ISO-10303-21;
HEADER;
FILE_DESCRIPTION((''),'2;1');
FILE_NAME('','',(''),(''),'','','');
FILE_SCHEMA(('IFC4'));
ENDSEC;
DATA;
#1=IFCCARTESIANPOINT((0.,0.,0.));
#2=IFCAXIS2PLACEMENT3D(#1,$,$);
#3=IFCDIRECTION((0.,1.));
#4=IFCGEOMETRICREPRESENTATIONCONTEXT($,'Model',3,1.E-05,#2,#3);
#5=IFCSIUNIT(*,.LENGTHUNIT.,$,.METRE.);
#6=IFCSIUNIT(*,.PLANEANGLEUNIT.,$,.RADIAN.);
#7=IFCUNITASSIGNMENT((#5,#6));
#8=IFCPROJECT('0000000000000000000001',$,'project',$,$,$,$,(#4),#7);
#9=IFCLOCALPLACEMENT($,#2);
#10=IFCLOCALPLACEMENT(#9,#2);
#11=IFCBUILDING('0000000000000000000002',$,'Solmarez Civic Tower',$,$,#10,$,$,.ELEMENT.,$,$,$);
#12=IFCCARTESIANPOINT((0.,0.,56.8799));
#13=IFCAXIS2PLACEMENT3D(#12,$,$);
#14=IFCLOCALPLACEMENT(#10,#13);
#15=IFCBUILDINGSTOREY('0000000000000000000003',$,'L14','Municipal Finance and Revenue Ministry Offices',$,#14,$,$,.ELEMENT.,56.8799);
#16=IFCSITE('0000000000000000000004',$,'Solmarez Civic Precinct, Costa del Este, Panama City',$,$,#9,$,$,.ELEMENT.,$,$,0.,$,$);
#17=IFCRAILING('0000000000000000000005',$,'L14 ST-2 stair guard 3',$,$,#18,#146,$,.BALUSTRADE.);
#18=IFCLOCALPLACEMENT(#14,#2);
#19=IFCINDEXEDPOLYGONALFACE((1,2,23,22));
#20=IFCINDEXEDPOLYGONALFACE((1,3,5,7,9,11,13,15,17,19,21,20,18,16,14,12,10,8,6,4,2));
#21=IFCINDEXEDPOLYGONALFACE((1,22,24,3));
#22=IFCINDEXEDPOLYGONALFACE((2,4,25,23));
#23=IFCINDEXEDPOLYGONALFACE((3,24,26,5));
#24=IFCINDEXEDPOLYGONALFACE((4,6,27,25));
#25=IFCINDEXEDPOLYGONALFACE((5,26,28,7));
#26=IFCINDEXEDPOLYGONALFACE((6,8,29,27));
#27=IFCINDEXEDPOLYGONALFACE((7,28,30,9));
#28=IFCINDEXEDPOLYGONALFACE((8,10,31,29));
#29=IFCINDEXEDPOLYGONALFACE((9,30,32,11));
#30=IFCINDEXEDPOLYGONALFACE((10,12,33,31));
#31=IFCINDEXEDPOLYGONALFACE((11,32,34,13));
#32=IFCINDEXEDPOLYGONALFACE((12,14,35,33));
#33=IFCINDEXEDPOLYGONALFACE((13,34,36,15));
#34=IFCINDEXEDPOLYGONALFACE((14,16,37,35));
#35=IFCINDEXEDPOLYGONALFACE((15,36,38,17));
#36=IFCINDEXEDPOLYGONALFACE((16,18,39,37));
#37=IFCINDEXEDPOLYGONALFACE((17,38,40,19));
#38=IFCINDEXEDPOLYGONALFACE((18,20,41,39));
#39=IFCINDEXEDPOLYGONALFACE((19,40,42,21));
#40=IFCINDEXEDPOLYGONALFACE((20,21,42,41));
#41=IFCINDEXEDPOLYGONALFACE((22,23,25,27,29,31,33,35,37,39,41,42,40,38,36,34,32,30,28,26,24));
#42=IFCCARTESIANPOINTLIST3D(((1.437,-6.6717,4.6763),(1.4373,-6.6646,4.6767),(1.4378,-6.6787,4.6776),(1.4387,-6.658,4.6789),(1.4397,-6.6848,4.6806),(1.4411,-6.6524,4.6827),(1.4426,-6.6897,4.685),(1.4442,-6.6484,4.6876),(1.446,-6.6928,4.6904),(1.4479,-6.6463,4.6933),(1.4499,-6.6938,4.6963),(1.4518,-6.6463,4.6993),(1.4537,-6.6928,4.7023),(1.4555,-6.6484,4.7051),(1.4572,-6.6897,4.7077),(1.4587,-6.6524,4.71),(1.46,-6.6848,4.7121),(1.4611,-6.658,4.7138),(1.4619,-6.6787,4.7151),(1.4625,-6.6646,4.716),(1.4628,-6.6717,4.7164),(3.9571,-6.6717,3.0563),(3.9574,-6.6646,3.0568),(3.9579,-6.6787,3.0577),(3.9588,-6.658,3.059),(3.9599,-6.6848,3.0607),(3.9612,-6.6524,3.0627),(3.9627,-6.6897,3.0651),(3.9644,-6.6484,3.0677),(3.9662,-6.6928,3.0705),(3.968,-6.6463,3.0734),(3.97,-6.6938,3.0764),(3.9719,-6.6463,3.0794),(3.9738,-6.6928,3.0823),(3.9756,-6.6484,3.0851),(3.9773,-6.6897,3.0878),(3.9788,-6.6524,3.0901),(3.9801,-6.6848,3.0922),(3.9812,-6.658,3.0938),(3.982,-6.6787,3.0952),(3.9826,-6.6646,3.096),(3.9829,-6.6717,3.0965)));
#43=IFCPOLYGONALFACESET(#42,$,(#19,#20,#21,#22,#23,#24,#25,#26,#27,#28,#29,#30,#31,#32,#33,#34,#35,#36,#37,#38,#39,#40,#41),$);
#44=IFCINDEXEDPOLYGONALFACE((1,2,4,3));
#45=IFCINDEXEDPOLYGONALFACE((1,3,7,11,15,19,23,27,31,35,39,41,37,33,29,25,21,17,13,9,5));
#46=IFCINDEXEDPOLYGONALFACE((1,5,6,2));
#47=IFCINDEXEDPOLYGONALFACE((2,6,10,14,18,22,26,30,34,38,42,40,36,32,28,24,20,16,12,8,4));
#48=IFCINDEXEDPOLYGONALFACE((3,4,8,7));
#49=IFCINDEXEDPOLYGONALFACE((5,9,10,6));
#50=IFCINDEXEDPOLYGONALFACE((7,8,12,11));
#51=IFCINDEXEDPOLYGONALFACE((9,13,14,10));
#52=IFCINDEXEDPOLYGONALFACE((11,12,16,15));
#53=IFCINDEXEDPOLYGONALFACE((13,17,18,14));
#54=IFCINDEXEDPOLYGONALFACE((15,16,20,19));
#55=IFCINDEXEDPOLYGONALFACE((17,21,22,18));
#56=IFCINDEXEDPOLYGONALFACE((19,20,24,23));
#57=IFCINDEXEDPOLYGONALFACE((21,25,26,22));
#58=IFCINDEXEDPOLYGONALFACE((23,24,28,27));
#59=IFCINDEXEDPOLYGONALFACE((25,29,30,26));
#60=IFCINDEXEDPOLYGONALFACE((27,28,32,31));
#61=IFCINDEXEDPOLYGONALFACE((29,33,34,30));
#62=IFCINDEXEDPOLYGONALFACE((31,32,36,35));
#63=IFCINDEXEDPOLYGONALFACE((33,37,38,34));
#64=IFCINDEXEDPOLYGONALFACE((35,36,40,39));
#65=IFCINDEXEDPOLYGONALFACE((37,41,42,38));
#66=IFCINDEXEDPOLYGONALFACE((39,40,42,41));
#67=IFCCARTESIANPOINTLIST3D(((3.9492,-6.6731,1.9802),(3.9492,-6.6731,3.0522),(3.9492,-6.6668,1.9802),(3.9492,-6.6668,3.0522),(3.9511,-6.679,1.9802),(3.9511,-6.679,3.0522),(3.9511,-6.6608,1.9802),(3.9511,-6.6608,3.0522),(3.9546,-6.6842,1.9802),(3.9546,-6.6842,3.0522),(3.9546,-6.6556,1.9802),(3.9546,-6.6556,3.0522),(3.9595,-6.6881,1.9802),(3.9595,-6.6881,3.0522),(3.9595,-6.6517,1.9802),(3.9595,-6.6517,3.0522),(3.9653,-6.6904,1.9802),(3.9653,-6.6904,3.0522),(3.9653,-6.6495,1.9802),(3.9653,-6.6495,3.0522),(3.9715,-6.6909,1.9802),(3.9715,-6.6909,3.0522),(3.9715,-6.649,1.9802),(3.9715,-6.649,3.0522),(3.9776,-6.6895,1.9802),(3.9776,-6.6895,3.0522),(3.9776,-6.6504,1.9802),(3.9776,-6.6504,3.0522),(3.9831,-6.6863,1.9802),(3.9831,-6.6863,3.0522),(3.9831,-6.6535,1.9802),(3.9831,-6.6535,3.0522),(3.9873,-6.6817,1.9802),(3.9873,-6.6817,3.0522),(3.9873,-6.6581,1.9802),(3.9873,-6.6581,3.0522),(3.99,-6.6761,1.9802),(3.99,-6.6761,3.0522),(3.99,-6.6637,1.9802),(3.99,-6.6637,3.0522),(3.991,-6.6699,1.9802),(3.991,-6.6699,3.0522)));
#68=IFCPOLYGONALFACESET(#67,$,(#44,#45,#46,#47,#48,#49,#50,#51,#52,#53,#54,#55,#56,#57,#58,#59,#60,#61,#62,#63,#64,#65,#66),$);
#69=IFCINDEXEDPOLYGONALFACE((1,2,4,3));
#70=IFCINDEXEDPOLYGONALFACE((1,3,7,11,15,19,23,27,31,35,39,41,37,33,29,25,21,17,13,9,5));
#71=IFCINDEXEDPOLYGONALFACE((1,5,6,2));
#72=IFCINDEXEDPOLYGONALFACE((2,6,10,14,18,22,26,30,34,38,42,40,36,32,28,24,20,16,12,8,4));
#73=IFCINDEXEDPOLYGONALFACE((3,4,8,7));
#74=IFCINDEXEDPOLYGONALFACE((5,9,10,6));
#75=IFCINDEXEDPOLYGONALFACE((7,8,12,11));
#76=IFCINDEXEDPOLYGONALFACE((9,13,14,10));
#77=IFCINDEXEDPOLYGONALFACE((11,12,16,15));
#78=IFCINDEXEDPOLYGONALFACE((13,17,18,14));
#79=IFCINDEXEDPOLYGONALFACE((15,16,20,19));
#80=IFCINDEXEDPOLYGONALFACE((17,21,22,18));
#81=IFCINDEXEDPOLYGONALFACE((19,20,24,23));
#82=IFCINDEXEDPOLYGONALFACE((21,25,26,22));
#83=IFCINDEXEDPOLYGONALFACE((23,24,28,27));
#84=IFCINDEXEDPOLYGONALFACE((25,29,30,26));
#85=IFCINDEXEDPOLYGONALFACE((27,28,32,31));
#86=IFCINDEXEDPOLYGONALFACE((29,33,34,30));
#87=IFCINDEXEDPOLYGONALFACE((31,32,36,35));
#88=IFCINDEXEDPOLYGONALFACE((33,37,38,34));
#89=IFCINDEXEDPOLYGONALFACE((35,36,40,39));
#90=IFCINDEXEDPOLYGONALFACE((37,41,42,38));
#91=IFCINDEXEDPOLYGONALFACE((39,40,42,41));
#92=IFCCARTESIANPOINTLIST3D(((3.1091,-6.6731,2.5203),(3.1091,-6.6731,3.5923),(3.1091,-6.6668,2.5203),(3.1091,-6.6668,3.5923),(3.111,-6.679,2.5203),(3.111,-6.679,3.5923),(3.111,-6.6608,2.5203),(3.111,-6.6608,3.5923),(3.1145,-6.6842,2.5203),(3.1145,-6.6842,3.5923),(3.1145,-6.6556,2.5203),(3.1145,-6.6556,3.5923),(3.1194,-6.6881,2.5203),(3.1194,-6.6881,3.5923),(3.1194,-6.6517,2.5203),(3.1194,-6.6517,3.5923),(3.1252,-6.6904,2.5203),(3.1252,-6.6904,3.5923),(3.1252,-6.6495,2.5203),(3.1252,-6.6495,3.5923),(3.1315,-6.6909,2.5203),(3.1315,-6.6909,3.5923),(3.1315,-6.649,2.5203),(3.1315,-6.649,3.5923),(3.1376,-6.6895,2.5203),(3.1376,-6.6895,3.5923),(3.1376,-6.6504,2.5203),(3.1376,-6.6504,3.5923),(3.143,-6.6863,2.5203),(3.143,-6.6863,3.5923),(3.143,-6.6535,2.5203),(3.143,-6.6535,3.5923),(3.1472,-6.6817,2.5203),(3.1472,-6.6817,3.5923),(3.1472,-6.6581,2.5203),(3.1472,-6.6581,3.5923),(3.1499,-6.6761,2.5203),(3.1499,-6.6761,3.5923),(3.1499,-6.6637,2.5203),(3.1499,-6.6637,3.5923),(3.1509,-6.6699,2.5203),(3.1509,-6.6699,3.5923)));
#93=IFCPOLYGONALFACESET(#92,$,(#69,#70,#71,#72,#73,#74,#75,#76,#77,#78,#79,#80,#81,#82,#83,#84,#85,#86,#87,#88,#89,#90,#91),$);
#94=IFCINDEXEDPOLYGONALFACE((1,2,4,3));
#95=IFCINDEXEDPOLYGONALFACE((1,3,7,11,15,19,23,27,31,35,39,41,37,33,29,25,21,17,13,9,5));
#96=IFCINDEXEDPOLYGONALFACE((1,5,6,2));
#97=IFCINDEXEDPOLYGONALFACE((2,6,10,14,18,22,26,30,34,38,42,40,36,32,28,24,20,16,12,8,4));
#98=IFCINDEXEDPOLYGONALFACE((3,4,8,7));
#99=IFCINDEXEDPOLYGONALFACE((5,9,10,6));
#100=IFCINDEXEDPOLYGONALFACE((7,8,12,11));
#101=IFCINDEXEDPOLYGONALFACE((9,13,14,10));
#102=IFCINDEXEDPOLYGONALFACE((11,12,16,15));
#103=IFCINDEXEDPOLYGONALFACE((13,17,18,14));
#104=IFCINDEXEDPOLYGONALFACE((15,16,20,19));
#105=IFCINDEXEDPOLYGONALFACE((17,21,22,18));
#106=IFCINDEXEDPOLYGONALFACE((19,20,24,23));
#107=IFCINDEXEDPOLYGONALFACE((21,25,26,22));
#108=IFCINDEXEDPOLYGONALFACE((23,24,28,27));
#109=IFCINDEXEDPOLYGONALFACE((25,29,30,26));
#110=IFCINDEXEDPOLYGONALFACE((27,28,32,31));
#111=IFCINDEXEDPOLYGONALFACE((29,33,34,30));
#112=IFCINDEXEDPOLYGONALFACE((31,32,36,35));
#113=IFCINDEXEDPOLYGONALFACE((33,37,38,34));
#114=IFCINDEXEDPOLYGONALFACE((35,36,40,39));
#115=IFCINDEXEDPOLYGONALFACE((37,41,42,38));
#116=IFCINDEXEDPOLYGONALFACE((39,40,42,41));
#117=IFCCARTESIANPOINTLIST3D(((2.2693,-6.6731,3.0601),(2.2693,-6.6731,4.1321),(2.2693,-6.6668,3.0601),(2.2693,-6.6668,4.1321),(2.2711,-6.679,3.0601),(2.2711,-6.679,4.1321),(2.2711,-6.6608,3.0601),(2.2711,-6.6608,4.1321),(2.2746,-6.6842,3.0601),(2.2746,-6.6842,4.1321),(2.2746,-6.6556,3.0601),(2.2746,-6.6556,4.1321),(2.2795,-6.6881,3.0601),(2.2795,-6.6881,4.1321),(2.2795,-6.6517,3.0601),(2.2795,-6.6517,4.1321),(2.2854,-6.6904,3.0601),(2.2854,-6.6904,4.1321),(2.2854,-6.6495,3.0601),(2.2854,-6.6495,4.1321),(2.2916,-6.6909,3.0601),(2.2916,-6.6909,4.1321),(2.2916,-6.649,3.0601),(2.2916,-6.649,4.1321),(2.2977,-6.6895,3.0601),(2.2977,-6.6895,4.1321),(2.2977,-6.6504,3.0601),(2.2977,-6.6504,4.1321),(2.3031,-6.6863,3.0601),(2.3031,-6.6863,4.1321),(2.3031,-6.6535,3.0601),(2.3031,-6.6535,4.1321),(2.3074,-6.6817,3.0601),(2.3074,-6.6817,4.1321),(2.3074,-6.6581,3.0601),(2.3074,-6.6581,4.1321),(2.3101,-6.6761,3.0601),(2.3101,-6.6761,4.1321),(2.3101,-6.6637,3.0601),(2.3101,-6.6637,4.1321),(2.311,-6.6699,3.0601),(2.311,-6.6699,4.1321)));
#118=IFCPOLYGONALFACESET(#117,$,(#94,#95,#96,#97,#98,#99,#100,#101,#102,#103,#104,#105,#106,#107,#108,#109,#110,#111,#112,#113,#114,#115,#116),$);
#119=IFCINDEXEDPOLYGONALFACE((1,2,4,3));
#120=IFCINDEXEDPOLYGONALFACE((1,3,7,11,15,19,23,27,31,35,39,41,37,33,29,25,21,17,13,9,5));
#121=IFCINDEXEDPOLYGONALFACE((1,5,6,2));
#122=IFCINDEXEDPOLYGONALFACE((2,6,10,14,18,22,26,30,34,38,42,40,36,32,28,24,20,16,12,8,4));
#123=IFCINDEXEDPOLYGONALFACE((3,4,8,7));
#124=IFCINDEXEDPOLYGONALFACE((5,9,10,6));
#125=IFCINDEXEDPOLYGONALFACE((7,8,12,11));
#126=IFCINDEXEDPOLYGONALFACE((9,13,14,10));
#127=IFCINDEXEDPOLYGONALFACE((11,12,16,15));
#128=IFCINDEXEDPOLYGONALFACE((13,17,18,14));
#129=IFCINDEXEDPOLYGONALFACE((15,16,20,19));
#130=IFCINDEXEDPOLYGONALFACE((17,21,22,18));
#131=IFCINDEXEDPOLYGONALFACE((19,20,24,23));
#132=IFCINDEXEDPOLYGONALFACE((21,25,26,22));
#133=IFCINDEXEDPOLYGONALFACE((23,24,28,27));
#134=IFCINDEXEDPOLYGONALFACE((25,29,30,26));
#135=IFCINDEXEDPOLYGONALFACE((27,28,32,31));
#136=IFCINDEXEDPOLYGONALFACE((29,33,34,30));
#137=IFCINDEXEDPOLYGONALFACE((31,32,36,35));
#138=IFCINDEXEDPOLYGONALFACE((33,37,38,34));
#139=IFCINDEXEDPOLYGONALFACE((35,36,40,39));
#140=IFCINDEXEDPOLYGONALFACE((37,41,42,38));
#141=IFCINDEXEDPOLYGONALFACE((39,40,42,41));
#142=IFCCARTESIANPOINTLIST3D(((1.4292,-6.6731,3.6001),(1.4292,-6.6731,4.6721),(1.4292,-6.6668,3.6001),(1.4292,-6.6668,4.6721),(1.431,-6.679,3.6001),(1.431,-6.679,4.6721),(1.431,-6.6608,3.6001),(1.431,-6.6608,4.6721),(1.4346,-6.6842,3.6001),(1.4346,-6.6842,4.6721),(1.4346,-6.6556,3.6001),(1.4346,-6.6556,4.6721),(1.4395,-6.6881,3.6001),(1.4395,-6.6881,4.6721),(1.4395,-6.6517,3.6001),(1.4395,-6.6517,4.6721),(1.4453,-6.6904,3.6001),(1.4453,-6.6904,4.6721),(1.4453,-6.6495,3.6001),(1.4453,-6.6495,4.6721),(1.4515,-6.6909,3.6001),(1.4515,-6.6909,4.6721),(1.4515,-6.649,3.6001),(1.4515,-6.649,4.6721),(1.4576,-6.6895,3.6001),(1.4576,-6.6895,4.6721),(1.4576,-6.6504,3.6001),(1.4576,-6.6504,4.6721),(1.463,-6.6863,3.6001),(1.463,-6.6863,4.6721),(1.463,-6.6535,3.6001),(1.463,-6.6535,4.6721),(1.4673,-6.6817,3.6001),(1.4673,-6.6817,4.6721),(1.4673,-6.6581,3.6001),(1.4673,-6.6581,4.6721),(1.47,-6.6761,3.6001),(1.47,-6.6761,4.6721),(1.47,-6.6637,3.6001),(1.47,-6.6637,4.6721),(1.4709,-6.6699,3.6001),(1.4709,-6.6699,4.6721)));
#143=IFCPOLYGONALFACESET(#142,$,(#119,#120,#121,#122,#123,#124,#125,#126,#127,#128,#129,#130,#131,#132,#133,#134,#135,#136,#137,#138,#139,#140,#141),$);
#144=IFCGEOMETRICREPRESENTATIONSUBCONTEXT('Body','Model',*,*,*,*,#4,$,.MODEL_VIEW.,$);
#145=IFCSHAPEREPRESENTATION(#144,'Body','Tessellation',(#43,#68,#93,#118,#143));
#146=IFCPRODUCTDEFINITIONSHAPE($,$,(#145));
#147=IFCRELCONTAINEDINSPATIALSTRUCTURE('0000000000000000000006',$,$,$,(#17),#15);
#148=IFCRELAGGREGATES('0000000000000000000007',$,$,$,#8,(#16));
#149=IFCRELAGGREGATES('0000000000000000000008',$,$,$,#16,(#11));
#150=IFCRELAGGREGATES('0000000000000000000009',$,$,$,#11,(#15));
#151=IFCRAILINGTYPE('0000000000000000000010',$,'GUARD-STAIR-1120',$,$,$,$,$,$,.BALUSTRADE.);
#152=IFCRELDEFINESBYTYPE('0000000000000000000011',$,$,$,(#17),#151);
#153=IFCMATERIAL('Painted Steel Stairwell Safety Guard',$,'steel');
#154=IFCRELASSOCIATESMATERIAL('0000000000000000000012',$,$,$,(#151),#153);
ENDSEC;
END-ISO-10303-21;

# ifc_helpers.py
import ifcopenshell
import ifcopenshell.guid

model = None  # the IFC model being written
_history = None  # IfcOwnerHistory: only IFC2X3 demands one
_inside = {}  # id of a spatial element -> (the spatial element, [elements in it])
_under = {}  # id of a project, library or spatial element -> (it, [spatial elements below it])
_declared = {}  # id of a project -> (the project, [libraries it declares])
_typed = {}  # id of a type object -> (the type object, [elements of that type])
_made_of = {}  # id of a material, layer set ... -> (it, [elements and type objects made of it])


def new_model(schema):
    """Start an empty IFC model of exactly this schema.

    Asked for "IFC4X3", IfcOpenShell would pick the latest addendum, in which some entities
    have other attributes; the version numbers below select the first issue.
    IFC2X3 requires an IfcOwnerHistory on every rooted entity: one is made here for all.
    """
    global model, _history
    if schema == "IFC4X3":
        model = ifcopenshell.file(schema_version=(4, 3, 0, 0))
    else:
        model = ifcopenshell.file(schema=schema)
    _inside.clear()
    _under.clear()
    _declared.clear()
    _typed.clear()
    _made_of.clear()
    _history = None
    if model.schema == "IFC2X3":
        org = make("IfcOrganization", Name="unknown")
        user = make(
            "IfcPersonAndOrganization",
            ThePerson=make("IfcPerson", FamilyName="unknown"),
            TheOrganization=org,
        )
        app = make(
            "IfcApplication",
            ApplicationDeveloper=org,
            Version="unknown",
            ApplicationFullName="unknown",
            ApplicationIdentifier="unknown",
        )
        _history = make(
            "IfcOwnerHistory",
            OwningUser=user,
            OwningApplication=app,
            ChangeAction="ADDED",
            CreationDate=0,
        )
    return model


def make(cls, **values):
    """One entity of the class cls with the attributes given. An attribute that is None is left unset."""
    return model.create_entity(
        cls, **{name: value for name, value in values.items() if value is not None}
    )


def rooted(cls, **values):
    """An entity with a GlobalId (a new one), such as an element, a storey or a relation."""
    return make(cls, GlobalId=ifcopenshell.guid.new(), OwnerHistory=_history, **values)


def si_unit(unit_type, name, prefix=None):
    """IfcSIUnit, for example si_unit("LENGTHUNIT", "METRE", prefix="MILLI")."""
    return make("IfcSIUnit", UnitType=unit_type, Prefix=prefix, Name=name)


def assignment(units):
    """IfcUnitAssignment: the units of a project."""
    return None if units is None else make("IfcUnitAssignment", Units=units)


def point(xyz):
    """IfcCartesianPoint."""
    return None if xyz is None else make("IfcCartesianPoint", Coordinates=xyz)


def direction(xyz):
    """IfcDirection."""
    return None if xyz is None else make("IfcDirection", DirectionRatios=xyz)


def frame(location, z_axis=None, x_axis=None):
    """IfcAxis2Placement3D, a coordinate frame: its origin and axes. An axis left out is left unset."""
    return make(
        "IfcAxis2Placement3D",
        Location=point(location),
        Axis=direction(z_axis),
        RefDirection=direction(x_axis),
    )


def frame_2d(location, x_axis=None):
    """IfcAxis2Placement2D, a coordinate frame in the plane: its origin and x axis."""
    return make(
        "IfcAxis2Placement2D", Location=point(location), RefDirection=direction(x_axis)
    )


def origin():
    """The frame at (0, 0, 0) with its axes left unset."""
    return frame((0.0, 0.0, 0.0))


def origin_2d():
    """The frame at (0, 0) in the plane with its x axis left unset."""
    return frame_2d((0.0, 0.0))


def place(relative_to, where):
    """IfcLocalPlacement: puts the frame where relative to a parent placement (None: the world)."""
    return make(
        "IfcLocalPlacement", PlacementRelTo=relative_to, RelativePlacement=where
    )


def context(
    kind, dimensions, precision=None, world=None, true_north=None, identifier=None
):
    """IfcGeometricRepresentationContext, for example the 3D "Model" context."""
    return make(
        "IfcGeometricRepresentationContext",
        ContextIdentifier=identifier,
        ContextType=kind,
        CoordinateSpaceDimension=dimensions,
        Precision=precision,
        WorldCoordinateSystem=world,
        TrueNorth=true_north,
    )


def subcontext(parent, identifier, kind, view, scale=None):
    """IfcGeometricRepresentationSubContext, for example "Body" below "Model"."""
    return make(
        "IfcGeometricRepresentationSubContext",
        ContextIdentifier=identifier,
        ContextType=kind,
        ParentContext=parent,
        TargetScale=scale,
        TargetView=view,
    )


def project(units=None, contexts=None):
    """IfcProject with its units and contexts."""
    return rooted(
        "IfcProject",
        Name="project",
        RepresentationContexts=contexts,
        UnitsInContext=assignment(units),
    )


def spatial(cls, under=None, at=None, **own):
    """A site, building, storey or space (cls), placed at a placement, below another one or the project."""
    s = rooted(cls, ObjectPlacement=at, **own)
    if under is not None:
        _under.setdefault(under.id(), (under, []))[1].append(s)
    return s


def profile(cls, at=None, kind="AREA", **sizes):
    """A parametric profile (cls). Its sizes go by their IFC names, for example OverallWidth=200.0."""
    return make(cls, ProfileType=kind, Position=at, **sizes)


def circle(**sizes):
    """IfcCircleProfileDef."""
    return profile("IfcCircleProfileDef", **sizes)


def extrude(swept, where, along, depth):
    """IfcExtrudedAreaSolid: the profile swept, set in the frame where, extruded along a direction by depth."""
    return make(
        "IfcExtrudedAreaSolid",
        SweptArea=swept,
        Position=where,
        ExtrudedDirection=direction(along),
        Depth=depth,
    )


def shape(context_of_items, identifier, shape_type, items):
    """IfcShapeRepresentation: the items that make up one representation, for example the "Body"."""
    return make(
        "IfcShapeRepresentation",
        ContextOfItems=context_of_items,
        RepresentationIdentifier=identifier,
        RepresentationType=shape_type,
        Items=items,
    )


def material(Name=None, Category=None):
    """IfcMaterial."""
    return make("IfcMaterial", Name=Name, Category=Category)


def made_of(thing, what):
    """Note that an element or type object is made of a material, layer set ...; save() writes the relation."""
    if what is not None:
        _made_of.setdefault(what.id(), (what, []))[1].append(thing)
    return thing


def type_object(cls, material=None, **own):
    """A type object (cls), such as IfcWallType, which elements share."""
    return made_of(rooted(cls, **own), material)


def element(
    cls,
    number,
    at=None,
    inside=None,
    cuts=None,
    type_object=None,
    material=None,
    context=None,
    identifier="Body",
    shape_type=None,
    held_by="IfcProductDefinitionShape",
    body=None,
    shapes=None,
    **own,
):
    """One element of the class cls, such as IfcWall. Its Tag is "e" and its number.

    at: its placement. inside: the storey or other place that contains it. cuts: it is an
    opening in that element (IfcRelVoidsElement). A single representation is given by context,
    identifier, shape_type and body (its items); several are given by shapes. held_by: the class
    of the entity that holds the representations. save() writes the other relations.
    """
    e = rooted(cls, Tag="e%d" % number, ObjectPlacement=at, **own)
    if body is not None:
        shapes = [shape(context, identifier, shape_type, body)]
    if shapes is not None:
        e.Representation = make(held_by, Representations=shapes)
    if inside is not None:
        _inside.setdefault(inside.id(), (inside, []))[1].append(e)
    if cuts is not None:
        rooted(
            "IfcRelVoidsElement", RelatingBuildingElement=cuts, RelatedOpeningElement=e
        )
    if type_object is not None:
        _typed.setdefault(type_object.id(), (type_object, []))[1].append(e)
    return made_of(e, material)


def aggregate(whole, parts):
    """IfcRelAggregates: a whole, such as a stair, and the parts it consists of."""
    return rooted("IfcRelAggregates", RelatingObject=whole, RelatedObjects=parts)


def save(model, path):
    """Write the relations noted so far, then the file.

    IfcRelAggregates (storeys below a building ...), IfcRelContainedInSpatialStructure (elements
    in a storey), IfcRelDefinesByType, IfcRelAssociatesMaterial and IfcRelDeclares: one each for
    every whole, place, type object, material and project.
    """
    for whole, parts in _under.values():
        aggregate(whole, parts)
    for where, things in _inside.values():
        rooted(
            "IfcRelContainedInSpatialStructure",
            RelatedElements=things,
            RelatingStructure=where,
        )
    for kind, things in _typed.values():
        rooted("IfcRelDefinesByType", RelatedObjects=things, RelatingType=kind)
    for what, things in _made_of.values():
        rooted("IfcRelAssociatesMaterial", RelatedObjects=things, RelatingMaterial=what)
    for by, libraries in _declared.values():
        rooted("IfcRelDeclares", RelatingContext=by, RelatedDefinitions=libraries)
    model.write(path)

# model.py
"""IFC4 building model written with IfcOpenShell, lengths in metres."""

from ifc_helpers import new_model, si_unit, direction, frame, origin, origin_2d, place, context, subcontext, project, spatial, circle, extrude, material, type_object, element, save


model = new_model("IFC4")

# Units and contexts
model_context = context("Model", 3, precision=1e-05, world=origin(), true_north=direction((0.0, 1.0)))
body_context = subcontext(model_context, "Body", "Model", "MODEL_VIEW")
ifc_project = project(units=[si_unit("LENGTHUNIT", "METRE"), si_unit("PLANEANGLEUNIT", "RADIAN")], contexts=[model_context])

# Site, building, storey
site_placement = place(None, origin())
site = spatial("IfcSite", under=ifc_project, at=site_placement, Name="Solmarez Civic Precinct, Costa del Este, Panama City", CompositionType="ELEMENT", RefElevation=0.0)
building_placement = place(site_placement, origin())
building = spatial("IfcBuilding", under=site, at=building_placement, Name="Solmarez Civic Tower", CompositionType="ELEMENT")
storey_placement = place(building_placement, frame((0.0, 0.0, 56.8799)))
storey = spatial("IfcBuildingStorey", under=building, at=storey_placement, Name="L14", Description="Municipal Finance and Revenue Ministry Offices", CompositionType="ELEMENT", Elevation=56.8799)

# Railing
ifc_material_1 = material(Name="Painted Steel Stairwell Safety Guard", Category="steel")
railing_type_1 = type_object("IfcRailingType", Name="GUARD-STAIR-1120", PredefinedType="BALUSTRADE", material=ifc_material_1)
railing_1_placement = place(storey_placement, frame((3.97, -6.6699, 1.9802)))
element("IfcRailing", 1, at=railing_1_placement, inside=storey, type_object=railing_type_1, Name="L14 ST-2 stair guard 3", PredefinedType="BALUSTRADE", context=body_context, shape_type="SweptSolid", body=[
    extrude(circle(Radius=0.0239, at=origin_2d()), frame((0.0, 0.0, 1.0962), z_axis=(-0.8412, 0.0, 0.540725), x_axis=(0.0, -1.0, 0.0)), (0.0, 0.0, 1.0), 2.9958),
    extrude(circle(Radius=0.021, at=origin_2d()), origin(), (0.0, 0.0, 1.0), 1.072),
    extrude(circle(Radius=0.021, at=origin_2d()), frame((-0.8401, 0.0, 0.54)), (0.0, 0.0, 1.0), 1.072),
    extrude(circle(Radius=0.021, at=origin_2d()), frame((-1.6799, 0.0, 1.0798)), (0.0, 0.0, 1.0), 1.072),
    extrude(circle(Radius=0.021, at=origin_2d()), frame((-2.52, 0.0, 1.6199)), (0.0, 0.0, 1.0), 1.072),
])

save(model, "model.ifc")
